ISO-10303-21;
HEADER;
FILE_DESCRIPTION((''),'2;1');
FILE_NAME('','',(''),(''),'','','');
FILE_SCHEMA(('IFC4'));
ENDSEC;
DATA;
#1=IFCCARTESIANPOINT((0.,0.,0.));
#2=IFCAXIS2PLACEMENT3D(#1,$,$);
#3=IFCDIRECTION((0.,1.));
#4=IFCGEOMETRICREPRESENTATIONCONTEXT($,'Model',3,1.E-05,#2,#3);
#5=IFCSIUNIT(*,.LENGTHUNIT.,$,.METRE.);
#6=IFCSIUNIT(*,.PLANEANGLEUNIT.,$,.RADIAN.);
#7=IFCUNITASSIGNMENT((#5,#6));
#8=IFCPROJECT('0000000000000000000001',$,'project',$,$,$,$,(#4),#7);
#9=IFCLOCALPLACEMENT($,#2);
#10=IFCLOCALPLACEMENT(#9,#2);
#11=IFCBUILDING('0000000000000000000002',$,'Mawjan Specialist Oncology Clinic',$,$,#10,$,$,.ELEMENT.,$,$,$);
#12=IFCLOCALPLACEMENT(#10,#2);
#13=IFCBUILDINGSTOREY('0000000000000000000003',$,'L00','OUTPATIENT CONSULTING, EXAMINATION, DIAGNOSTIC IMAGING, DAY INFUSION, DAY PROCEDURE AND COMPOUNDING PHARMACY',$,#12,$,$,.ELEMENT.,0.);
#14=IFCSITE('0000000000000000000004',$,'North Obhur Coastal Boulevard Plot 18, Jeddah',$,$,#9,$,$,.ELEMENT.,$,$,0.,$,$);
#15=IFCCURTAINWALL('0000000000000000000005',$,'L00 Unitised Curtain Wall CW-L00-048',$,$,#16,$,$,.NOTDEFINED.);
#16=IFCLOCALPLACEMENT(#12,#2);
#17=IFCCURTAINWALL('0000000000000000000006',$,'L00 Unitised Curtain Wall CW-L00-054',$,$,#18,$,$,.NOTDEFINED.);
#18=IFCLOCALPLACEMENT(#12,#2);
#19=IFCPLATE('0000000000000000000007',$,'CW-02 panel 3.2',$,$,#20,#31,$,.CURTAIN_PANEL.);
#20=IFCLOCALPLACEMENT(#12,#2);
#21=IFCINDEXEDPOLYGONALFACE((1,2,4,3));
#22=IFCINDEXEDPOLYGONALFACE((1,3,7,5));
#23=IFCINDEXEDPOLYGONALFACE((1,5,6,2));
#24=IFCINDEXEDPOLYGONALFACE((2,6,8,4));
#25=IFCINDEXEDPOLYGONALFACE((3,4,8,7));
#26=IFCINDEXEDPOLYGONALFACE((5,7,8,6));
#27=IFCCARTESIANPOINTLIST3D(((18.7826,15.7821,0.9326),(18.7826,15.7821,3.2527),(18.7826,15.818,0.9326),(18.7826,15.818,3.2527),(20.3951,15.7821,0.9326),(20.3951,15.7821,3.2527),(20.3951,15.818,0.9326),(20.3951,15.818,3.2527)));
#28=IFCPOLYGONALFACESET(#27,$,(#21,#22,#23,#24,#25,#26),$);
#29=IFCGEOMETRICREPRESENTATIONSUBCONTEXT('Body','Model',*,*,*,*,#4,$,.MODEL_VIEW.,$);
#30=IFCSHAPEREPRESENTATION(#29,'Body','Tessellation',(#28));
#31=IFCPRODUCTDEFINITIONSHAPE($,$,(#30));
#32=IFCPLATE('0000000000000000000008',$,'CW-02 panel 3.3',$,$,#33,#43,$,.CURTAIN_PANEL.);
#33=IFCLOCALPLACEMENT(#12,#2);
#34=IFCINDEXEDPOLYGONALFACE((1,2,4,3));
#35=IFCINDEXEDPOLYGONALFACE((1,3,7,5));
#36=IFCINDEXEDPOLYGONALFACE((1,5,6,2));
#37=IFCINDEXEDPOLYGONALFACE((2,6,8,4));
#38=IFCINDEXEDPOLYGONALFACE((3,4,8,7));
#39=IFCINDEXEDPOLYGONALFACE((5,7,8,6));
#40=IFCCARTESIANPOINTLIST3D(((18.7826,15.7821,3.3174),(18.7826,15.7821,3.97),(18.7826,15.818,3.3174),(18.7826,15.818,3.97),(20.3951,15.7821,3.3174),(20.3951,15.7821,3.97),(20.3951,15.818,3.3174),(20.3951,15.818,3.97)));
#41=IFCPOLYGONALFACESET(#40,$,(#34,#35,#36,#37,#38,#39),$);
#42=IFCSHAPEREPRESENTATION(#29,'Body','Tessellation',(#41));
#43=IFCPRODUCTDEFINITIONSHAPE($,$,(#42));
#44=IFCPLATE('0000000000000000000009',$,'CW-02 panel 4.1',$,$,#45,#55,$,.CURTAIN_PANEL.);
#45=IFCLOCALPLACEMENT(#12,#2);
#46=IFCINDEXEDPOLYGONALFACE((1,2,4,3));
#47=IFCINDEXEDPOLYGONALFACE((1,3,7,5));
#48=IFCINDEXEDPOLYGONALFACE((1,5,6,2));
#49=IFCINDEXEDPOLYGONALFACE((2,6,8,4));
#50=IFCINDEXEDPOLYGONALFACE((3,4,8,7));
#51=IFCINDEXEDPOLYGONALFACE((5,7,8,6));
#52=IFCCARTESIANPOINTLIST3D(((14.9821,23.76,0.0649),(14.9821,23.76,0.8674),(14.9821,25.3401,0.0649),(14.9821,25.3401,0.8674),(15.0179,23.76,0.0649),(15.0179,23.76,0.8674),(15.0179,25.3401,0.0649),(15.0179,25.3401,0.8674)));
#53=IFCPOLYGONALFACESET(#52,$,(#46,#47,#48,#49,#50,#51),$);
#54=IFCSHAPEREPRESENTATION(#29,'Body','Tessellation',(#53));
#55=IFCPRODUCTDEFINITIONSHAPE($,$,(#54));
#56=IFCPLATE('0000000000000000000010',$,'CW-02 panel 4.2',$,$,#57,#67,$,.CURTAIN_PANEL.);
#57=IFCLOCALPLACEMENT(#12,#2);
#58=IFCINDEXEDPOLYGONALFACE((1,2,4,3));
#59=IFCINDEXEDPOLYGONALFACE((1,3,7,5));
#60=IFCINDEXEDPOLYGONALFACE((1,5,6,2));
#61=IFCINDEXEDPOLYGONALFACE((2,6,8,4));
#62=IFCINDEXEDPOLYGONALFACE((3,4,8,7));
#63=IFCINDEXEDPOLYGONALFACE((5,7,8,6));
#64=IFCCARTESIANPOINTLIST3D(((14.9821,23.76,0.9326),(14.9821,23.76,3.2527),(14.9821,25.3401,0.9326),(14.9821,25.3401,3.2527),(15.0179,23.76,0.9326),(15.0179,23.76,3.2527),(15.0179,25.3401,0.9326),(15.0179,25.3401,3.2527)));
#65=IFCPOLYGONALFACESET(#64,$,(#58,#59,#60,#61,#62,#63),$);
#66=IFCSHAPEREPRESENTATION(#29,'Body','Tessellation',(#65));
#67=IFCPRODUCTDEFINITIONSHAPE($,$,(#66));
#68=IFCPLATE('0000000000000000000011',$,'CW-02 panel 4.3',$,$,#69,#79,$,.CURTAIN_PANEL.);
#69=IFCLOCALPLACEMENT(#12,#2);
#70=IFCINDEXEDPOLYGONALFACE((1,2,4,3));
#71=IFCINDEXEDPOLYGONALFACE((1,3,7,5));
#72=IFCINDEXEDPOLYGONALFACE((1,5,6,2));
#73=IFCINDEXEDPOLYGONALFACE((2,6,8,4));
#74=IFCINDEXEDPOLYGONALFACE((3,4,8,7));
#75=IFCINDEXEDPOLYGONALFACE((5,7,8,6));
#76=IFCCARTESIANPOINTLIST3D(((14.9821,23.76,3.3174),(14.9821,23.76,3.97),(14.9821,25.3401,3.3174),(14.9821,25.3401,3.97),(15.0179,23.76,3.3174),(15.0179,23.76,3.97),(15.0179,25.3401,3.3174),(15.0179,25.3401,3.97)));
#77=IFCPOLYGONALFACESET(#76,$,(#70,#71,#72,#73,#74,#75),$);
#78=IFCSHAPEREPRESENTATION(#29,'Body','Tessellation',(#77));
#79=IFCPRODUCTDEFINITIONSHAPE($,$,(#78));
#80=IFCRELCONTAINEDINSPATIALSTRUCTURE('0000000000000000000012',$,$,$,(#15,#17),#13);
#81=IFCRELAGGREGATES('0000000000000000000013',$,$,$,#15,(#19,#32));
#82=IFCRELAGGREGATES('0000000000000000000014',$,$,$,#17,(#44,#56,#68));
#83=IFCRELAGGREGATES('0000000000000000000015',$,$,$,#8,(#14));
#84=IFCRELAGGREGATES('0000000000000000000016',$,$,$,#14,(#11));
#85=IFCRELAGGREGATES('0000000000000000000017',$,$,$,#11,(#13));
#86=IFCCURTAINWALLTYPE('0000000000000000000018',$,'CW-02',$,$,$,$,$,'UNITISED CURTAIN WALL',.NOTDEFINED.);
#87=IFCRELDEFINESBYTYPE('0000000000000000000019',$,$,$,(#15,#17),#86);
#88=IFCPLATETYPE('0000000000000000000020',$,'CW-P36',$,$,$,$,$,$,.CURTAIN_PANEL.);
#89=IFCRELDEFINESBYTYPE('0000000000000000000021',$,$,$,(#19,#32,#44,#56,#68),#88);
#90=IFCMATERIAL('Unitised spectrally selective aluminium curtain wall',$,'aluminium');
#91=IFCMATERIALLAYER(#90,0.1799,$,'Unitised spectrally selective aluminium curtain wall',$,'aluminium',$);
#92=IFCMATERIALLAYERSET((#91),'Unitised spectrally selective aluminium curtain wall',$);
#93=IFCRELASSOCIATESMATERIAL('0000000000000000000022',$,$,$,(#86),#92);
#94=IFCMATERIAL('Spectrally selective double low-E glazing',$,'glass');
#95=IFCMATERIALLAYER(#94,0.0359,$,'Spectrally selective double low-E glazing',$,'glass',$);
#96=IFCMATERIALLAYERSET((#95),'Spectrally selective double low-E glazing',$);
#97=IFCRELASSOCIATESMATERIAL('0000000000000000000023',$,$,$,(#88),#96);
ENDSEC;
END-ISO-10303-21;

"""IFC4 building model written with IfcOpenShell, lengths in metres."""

from ifc_helpers import new_model, si_unit, direction, frame, origin, origin_2d, place, context, subcontext, project, spatial, rectangle, extrude, material, layer, layer_set, type_object, element, aggregate, save


model = new_model("IFC4")

# Units and contexts
model_context = context("Model", 3, precision=1e-05, world=origin(), true_north=direction((0.0, 1.0)))
body_context = subcontext(model_context, "Body", "Model", "MODEL_VIEW")
ifc_project = project(units=[si_unit("LENGTHUNIT", "METRE"), si_unit("PLANEANGLEUNIT", "RADIAN")], contexts=[model_context])

# Site, building, storey
site_placement = place(None, origin())
site = spatial("IfcSite", under=ifc_project, at=site_placement, Name="North Obhur Coastal Boulevard Plot 18, Jeddah", CompositionType="ELEMENT", RefElevation=0.0)
building_placement = place(site_placement, origin())
building = spatial("IfcBuilding", under=site, at=building_placement, Name="Mawjan Specialist Oncology Clinic", CompositionType="ELEMENT")
storey_placement = place(building_placement, origin())
storey = spatial("IfcBuildingStorey", under=building, at=storey_placement, Name="L00", Description="OUTPATIENT CONSULTING, EXAMINATION, DIAGNOSTIC IMAGING, DAY INFUSION, DAY PROCEDURE AND COMPOUNDING PHARMACY", CompositionType="ELEMENT", Elevation=0.0)

# Curtain wall
ifc_material_1 = material(Name="Unitised spectrally selective aluminium curtain wall", Category="aluminium")
ifc_layer_1 = layer(ifc_material_1, 0.1799, Name="Unitised spectrally selective aluminium curtain wall", Category="aluminium")
ifc_layer_set_1 = layer_set([ifc_layer_1], Name="Unitised spectrally selective aluminium curtain wall")
curtain_wall_type = type_object("IfcCurtainWallType", Name="CW-02", ElementType="UNITISED CURTAIN WALL", PredefinedType="NOTDEFINED", material=ifc_layer_set_1)
curtain_wall_1_placement = place(storey_placement, origin())
curtain_wall_1 = element("IfcCurtainWall", 1, at=curtain_wall_1_placement, inside=storey, type_object=curtain_wall_type, Name="L00 Unitised Curtain Wall CW-L00-048", PredefinedType="NOTDEFINED")

# Curtain wall
curtain_wall_2_placement = place(storey_placement, origin())
curtain_wall_2 = element("IfcCurtainWall", 2, at=curtain_wall_2_placement, inside=storey, type_object=curtain_wall_type, Name="L00 Unitised Curtain Wall CW-L00-054", PredefinedType="NOTDEFINED")

# Plates
ifc_material_2 = material(Name="Spectrally selective double low-E glazing", Category="glass")
ifc_layer_2 = layer(ifc_material_2, 0.0359, Name="Spectrally selective double low-E glazing", Category="glass")
ifc_layer_set_2 = layer_set([ifc_layer_2], Name="Spectrally selective double low-E glazing")
plate_type = type_object("IfcPlateType", Name="CW-P36", PredefinedType="CURTAIN_PANEL", material=ifc_layer_set_2)
plate_1_placement = place(storey_placement, frame((19.5889, 15.8, 0.9326), z_axis=(0.0, 0.0, 1.0), x_axis=(1.0, 0.0, 0.0)))
plate_1 = element("IfcPlate", 3, at=plate_1_placement, type_object=plate_type, Name="CW-02 panel 3.2", PredefinedType="CURTAIN_PANEL", context=body_context, shape_type="SweptSolid", body=[
    extrude(rectangle(XDim=1.6125, YDim=0.0359, at=origin_2d()), origin(), (0.0, 0.0, 1.0), 2.3201),
])
plate_2_placement = place(storey_placement, frame((19.5889, 15.8, 3.3174), z_axis=(0.0, 0.0, 1.0), x_axis=(1.0, 0.0, 0.0)))
plate_2 = element("IfcPlate", 4, at=plate_2_placement, type_object=plate_type, Name="CW-02 panel 3.3", PredefinedType="CURTAIN_PANEL", context=body_context, shape_type="SweptSolid", body=[
    extrude(rectangle(XDim=1.6125, YDim=0.0359, at=origin_2d()), origin(), (0.0, 0.0, 1.0), 0.6526),
])
aggregate(curtain_wall_1, [plate_1, plate_2])
plate_3_placement = place(storey_placement, frame((15.0, 24.55, 0.0649), z_axis=(0.0, 0.0, 1.0), x_axis=(0.0, -1.0, 0.0)))
plate_3 = element("IfcPlate", 5, at=plate_3_placement, type_object=plate_type, Name="CW-02 panel 4.1", PredefinedType="CURTAIN_PANEL", context=body_context, shape_type="SweptSolid", body=[
    extrude(rectangle(XDim=1.5801, YDim=0.0359, at=origin_2d()), origin(), (0.0, 0.0, 1.0), 0.8025),
])
plate_4_placement = place(storey_placement, frame((15.0, 24.55, 0.9326), z_axis=(0.0, 0.0, 1.0), x_axis=(0.0, -1.0, 0.0)))
plate_4 = element("IfcPlate", 6, at=plate_4_placement, type_object=plate_type, Name="CW-02 panel 4.2", PredefinedType="CURTAIN_PANEL", context=body_context, shape_type="SweptSolid", body=[
    extrude(rectangle(XDim=1.5801, YDim=0.0359, at=origin_2d()), origin(), (0.0, 0.0, 1.0), 2.3201),
])
plate_5_placement = place(storey_placement, frame((15.0, 24.55, 3.3174), z_axis=(0.0, 0.0, 1.0), x_axis=(0.0, -1.0, 0.0)))
plate_5 = element("IfcPlate", 7, at=plate_5_placement, type_object=plate_type, Name="CW-02 panel 4.3", PredefinedType="CURTAIN_PANEL", context=body_context, shape_type="SweptSolid", body=[
    extrude(rectangle(XDim=1.5801, YDim=0.0359, at=origin_2d()), origin(), (0.0, 0.0, 1.0), 0.6526),
])
aggregate(curtain_wall_2, [plate_3, plate_4, plate_5])

save(model, "model.ifc")
